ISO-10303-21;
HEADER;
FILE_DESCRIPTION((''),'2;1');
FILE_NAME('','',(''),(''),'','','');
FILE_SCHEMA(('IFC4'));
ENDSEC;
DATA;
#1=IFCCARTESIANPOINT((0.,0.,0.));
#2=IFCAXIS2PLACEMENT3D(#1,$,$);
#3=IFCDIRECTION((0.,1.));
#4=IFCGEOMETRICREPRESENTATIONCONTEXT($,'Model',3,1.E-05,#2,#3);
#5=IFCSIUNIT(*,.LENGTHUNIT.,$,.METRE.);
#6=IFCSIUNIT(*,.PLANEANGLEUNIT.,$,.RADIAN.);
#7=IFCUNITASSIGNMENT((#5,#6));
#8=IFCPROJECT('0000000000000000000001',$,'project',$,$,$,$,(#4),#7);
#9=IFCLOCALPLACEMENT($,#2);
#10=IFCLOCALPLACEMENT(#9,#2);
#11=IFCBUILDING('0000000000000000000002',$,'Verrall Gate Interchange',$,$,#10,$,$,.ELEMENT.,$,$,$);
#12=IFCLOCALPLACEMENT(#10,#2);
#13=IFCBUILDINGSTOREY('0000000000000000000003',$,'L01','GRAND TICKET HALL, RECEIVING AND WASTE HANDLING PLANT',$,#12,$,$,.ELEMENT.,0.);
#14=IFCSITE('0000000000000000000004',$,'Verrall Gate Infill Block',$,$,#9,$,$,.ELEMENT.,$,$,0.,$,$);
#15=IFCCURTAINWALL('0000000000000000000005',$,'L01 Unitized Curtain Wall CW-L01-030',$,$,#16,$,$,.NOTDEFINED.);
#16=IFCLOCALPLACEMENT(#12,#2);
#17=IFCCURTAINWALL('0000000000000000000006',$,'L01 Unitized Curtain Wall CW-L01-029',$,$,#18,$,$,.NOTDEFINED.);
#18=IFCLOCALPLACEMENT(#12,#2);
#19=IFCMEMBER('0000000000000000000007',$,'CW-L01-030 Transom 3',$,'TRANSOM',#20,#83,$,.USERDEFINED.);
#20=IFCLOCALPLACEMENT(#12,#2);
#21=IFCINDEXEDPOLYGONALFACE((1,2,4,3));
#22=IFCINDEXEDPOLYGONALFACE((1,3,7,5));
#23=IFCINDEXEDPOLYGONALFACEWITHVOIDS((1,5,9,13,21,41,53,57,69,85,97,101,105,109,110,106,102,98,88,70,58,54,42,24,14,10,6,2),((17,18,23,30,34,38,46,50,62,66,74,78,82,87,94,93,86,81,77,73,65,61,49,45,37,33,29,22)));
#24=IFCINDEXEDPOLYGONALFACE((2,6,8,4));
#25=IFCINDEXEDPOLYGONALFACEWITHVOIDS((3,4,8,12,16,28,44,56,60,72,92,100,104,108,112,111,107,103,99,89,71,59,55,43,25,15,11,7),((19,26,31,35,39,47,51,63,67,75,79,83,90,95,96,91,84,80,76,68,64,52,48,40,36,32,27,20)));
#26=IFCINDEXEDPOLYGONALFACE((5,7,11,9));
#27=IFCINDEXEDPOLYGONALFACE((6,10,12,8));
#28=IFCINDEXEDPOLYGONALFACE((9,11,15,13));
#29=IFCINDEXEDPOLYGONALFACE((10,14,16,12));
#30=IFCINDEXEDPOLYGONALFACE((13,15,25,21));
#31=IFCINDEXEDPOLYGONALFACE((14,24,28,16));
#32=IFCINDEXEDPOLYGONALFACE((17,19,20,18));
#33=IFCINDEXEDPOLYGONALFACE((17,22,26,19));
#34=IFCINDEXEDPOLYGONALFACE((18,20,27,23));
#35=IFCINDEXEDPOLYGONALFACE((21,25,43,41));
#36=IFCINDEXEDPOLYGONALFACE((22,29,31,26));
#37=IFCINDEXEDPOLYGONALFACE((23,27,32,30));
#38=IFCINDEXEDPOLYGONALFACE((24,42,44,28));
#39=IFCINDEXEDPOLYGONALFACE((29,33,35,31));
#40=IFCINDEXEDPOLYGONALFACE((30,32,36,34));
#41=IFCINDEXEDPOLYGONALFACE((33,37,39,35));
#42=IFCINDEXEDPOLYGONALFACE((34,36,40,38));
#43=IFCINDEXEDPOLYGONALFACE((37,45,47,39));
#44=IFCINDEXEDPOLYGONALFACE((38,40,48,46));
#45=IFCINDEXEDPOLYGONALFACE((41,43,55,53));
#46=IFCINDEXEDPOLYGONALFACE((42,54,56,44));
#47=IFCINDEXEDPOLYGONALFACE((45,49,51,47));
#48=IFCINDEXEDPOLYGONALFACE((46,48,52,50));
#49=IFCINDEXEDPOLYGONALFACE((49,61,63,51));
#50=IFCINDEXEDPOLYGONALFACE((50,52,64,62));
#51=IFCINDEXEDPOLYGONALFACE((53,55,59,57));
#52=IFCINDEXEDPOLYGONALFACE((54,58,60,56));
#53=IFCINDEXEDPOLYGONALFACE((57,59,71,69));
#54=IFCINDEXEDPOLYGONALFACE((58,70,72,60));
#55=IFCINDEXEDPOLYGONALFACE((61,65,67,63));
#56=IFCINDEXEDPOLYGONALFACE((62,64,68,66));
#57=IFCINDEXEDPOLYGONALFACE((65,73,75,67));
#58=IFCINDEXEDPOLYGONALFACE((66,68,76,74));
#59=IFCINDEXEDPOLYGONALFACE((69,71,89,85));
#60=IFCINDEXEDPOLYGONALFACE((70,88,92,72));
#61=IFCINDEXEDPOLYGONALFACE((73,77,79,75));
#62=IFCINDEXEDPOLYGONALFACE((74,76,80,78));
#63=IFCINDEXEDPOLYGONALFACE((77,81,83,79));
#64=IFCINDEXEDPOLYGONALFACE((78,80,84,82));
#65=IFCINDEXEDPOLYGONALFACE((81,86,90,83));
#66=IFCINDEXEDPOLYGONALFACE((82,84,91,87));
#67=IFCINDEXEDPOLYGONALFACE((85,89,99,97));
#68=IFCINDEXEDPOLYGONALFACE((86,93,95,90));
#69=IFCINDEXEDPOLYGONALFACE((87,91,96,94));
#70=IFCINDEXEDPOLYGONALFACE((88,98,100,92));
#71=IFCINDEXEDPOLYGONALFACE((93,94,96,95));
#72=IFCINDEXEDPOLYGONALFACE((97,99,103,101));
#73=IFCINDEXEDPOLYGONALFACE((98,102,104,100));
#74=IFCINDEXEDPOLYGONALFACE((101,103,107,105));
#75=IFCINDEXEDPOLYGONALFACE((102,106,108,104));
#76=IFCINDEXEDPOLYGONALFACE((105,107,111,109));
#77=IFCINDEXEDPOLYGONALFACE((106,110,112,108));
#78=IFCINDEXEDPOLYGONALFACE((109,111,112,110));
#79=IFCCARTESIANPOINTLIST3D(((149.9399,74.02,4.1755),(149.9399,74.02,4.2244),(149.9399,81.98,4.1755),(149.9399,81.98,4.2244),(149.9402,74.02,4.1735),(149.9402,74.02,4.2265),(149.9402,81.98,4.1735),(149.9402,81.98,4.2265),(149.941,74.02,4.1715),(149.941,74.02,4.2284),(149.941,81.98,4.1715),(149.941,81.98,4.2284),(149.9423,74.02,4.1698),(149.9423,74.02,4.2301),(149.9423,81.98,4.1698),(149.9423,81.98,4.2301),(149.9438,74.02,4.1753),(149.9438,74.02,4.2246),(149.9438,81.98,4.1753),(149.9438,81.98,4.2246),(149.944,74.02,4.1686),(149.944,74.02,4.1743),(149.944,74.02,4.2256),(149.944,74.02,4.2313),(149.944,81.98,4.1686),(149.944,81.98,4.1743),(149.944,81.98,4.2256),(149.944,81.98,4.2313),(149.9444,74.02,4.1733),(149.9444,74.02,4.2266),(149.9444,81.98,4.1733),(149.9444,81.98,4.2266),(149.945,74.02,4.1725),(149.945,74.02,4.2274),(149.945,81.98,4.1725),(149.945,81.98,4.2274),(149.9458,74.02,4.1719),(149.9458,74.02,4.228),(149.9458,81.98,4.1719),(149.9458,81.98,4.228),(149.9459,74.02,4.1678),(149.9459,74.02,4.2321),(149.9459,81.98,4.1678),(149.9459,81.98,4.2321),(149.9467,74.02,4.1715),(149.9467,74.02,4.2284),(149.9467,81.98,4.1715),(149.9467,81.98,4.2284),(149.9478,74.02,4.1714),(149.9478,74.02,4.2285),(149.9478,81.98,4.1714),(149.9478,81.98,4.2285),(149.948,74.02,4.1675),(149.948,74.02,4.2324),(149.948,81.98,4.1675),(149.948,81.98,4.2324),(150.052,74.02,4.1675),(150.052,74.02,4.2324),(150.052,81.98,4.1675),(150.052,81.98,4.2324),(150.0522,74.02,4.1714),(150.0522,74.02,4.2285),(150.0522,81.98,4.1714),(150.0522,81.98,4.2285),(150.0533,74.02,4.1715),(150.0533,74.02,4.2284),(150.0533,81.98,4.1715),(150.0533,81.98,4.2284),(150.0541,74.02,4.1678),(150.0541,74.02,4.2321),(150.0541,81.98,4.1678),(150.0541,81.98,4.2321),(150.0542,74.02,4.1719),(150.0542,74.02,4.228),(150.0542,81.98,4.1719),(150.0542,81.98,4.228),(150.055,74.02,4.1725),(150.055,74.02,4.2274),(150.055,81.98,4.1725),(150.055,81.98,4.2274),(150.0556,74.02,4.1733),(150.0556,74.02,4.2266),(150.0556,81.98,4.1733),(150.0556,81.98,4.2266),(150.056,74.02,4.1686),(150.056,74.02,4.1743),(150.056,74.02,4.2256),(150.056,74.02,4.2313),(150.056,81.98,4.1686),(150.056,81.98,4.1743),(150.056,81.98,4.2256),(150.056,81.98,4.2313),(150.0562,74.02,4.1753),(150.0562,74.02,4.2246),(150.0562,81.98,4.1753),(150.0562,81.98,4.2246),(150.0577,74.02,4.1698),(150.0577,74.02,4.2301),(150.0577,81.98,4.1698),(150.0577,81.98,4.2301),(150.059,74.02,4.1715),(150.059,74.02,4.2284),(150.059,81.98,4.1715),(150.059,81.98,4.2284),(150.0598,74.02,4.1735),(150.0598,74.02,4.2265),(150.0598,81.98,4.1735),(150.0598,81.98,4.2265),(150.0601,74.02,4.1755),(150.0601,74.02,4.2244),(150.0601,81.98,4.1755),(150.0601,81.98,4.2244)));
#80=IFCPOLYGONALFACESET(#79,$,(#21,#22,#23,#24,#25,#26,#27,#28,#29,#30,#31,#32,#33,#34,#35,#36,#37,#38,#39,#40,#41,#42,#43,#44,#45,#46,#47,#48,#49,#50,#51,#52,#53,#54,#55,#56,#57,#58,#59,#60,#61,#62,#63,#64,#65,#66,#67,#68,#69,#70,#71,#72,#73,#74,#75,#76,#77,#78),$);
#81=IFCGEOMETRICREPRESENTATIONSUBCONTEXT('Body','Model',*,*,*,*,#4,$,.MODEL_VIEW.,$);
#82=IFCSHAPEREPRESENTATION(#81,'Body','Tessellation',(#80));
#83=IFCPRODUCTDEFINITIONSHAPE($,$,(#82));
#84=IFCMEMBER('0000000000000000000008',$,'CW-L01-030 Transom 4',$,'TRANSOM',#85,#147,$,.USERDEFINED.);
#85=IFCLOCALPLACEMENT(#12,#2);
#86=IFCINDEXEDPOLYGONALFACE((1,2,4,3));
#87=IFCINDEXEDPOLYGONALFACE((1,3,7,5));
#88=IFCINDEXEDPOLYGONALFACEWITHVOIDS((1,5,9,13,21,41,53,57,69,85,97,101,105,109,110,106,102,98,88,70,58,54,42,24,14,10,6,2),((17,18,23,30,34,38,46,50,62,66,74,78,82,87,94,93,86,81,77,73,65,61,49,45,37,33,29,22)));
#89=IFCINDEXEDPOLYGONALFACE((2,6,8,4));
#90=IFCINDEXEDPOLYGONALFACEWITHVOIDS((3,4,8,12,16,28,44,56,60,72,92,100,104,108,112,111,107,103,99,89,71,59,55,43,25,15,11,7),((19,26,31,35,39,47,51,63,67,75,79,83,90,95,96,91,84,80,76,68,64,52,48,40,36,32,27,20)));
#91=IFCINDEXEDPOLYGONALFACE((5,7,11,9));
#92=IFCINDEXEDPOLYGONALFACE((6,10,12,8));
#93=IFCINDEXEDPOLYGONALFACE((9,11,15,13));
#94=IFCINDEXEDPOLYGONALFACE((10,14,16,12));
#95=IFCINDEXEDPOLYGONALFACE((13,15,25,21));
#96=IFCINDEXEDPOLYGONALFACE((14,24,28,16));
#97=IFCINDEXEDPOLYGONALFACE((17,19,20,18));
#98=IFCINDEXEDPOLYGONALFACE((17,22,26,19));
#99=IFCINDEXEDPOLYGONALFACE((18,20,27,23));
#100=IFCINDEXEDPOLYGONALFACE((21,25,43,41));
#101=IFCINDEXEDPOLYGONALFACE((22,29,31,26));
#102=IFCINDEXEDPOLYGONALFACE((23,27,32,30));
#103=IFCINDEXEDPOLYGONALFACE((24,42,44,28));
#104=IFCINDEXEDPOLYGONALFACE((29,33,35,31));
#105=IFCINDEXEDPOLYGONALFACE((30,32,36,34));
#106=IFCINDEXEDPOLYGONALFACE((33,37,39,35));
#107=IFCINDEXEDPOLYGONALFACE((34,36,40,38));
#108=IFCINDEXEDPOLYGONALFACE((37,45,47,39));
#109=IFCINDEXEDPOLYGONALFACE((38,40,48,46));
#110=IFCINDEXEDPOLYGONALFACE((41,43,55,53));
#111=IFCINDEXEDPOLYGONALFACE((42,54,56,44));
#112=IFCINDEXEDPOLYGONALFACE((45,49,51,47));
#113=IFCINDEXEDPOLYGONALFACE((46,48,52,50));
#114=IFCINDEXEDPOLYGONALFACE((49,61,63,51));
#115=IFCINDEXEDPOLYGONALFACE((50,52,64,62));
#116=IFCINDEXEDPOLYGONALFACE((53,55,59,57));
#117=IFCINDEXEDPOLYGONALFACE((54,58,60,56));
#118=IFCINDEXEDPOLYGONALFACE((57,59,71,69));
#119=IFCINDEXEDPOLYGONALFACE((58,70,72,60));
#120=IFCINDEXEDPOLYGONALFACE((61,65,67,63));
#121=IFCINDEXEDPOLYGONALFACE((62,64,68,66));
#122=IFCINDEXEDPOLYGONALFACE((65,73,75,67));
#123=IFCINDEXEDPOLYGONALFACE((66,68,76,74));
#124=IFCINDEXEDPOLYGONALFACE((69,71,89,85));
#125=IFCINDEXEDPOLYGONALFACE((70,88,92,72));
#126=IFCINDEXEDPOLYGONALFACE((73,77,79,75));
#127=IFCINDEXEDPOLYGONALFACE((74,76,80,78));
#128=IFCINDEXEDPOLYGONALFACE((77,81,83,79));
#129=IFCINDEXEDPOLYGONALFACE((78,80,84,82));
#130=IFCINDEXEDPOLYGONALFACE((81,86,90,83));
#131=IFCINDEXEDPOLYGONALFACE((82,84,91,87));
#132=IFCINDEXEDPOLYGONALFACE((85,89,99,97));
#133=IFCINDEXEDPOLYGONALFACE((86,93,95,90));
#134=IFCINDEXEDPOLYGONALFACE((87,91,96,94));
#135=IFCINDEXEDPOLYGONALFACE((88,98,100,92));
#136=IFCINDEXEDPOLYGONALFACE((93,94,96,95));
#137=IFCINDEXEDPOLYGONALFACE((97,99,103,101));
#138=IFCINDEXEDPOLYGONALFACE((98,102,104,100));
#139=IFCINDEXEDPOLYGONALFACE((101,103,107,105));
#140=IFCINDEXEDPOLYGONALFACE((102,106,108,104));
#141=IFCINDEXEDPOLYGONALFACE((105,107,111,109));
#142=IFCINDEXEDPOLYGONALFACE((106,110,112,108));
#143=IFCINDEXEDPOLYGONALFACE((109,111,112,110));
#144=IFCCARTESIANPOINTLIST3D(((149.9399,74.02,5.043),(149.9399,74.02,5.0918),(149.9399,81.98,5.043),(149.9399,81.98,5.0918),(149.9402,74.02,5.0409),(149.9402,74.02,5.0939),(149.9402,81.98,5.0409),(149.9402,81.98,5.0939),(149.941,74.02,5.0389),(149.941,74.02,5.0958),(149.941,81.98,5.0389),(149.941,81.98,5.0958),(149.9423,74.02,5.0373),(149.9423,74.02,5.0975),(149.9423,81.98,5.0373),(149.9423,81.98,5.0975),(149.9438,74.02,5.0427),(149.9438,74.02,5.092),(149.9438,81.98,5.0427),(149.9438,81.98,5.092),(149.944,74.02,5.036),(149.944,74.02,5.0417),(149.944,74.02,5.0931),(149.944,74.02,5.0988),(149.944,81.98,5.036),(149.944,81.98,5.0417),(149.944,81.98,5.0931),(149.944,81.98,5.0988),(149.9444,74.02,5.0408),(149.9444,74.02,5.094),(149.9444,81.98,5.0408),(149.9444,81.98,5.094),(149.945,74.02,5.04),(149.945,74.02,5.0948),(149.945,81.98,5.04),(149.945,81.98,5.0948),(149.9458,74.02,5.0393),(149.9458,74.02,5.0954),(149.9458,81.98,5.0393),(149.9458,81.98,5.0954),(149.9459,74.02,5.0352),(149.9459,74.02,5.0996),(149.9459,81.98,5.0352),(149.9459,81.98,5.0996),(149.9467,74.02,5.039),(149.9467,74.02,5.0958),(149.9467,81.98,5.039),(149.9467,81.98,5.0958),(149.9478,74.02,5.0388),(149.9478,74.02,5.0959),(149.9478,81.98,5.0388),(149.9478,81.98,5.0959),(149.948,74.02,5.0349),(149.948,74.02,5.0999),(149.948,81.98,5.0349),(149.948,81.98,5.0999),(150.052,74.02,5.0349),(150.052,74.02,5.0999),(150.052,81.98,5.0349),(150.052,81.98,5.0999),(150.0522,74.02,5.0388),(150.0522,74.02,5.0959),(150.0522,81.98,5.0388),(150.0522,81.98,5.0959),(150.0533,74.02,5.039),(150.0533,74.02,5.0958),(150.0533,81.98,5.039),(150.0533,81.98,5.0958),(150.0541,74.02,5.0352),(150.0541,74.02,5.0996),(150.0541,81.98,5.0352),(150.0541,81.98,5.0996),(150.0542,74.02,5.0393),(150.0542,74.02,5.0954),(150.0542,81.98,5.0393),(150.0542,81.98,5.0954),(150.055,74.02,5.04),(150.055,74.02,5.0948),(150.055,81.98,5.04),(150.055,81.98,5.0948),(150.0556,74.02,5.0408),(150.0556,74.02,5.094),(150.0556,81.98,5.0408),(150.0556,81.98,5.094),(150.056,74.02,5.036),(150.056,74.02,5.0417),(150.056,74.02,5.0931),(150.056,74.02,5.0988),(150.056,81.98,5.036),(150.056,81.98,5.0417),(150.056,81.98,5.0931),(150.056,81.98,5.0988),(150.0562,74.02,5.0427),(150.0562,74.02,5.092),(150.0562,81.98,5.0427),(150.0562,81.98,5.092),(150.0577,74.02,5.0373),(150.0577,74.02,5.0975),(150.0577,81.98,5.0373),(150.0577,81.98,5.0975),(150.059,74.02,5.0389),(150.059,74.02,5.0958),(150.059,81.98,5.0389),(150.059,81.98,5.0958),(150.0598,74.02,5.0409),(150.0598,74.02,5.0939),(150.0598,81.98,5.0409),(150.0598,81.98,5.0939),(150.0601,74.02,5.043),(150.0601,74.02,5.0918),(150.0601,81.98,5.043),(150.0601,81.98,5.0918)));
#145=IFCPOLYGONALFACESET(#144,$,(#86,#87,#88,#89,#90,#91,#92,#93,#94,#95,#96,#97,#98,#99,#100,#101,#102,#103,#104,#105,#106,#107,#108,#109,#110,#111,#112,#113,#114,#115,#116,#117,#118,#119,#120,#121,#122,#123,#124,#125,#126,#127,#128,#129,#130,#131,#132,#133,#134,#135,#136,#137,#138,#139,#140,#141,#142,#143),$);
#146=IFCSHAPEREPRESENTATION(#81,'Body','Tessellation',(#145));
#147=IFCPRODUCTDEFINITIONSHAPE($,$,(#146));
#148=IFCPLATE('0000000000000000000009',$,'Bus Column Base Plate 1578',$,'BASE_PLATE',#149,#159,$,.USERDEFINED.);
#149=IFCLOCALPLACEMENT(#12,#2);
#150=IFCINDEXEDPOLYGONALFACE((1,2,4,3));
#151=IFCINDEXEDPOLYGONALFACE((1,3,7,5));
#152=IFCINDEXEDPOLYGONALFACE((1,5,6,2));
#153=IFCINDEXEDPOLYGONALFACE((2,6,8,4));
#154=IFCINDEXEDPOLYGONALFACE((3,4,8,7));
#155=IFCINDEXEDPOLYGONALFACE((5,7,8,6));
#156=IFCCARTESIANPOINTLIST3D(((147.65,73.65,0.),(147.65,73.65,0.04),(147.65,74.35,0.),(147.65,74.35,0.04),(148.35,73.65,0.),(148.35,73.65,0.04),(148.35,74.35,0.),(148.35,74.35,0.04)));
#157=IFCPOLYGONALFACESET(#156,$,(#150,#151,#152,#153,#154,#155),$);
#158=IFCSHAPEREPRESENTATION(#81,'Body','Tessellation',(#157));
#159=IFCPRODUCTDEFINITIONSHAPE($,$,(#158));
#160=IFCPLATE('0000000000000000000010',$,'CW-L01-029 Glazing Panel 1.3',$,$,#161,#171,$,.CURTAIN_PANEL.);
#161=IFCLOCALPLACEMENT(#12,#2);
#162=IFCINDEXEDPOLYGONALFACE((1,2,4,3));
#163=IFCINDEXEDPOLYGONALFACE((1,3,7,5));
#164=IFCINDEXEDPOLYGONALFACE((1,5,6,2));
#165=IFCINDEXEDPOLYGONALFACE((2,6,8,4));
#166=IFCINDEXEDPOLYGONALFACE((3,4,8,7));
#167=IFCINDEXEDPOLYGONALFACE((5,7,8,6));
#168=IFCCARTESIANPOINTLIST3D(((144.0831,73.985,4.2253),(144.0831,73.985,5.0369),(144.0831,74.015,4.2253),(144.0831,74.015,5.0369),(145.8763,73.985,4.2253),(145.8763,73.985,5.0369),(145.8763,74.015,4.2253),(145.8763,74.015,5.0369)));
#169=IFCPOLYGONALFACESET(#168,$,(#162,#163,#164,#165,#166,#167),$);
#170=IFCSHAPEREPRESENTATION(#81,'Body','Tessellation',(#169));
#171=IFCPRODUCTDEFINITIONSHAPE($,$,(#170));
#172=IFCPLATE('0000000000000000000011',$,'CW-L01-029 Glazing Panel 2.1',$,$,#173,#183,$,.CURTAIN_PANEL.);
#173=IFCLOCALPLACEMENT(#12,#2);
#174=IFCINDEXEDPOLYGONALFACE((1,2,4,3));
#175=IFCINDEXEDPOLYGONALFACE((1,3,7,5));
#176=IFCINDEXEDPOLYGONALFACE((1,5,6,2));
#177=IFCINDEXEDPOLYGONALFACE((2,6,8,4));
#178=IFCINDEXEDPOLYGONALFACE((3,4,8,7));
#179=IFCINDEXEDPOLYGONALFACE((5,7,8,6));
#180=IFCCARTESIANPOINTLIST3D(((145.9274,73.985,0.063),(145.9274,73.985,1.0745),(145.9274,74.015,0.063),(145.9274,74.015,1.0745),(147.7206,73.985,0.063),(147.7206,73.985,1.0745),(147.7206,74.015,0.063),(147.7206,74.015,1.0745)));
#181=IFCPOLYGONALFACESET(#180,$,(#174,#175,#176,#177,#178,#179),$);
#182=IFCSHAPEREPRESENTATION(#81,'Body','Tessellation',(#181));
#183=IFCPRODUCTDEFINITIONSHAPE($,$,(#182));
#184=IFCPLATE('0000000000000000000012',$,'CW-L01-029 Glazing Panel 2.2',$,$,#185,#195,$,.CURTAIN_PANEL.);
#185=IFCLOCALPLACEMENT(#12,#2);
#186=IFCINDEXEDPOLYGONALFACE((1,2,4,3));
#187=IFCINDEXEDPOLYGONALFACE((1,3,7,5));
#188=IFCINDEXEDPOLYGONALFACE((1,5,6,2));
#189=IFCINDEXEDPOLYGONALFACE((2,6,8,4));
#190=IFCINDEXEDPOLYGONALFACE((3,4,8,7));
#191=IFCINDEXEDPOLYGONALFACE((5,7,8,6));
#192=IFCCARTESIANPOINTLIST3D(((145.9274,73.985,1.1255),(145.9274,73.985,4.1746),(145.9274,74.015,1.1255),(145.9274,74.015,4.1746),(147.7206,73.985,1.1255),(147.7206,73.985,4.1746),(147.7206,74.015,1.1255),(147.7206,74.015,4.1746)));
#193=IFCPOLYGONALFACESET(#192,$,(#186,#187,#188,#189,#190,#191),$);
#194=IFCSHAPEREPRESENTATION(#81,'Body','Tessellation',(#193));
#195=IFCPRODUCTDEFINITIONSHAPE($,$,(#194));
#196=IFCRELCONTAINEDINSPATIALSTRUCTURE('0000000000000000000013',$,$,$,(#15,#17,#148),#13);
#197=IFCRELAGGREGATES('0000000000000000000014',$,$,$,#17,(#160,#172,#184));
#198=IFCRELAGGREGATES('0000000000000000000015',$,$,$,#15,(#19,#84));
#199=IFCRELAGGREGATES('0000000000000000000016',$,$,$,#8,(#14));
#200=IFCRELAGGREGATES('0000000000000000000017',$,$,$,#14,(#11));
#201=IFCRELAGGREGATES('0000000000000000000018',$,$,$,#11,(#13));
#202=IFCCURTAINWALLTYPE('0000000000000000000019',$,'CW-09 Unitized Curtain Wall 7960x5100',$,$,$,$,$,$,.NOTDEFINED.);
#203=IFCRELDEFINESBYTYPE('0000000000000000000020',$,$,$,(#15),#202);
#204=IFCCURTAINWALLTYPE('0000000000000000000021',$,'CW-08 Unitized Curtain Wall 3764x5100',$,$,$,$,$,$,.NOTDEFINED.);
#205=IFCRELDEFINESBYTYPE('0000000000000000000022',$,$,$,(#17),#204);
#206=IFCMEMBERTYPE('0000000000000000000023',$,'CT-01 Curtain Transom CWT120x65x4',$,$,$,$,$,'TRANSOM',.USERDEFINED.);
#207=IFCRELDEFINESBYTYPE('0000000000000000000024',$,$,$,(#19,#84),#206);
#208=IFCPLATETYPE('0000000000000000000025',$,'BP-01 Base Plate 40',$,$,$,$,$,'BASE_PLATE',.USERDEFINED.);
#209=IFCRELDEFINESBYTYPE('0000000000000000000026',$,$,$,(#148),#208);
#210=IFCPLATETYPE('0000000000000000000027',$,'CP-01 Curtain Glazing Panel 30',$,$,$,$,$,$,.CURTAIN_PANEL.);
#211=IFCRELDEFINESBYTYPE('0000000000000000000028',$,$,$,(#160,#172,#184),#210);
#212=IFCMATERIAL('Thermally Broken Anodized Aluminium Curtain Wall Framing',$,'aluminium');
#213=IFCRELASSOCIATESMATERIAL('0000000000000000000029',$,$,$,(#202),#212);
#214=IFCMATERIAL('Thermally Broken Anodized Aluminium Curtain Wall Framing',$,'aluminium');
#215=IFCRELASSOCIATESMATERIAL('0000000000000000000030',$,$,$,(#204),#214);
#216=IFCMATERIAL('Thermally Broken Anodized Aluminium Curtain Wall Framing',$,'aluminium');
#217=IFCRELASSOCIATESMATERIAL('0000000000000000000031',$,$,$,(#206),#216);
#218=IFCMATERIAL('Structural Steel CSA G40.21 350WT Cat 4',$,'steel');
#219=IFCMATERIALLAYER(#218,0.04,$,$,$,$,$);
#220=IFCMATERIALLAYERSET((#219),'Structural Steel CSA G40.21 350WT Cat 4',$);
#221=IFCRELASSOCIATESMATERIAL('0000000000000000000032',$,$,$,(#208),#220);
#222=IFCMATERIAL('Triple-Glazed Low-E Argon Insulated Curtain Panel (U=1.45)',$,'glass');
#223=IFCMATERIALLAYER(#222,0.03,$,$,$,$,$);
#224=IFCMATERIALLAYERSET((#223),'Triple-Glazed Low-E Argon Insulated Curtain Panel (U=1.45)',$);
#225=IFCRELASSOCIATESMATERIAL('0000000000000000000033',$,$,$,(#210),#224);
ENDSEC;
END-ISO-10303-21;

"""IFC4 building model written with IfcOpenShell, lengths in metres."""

from ifc_helpers import new_model, si_unit, direction, frame, origin, origin_2d, place, context, subcontext, project, spatial, rectangle, hollow_rectangle, extrude, material, layer, layer_set, material_profile, profile_set, type_object, element, aggregate, save


model = new_model("IFC4")

# Units and contexts
model_context = context("Model", 3, precision=1e-05, world=origin(), true_north=direction((0.0, 1.0)))
body_context = subcontext(model_context, "Body", "Model", "MODEL_VIEW")
ifc_project = project(units=[si_unit("LENGTHUNIT", "METRE"), si_unit("PLANEANGLEUNIT", "RADIAN")], contexts=[model_context])

# Site, building, storey
site_placement = place(None, origin())
site = spatial("IfcSite", under=ifc_project, at=site_placement, Name="Verrall Gate Infill Block", CompositionType="ELEMENT", RefElevation=0.0)
building_placement = place(site_placement, origin())
building = spatial("IfcBuilding", under=site, at=building_placement, Name="Verrall Gate Interchange", CompositionType="ELEMENT")
storey_placement = place(building_placement, origin())
storey = spatial("IfcBuildingStorey", under=building, at=storey_placement, Name="L01", Description="GRAND TICKET HALL, RECEIVING AND WASTE HANDLING PLANT", CompositionType="ELEMENT", Elevation=0.0)

# Curtain walls
ifc_material_1 = material(Name="Thermally Broken Anodized Aluminium Curtain Wall Framing", Category="aluminium")
curtain_wall_type_1 = type_object("IfcCurtainWallType", Name="CW-09 Unitized Curtain Wall 7960x5100", PredefinedType="NOTDEFINED", material=ifc_material_1)
curtain_wall_1_placement = place(storey_placement, origin())
curtain_wall_1 = element("IfcCurtainWall", 1, at=curtain_wall_1_placement, inside=storey, type_object=curtain_wall_type_1, Name="L01 Unitized Curtain Wall CW-L01-030", PredefinedType="NOTDEFINED")
ifc_material_2 = material(Name="Thermally Broken Anodized Aluminium Curtain Wall Framing", Category="aluminium")
curtain_wall_type_2 = type_object("IfcCurtainWallType", Name="CW-08 Unitized Curtain Wall 3764x5100", PredefinedType="NOTDEFINED", material=ifc_material_2)
curtain_wall_2_placement = place(storey_placement, origin())
curtain_wall_2 = element("IfcCurtainWall", 2, at=curtain_wall_2_placement, inside=storey, type_object=curtain_wall_type_2, Name="L01 Unitized Curtain Wall CW-L01-029", PredefinedType="NOTDEFINED")

# Members
ifc_material_3 = material(Name="Thermally Broken Anodized Aluminium Curtain Wall Framing", Category="aluminium")
ifc_material_profile_1 = material_profile(ifc_material_3, hollow_rectangle(XDim=0.1201, YDim=0.0649, WallThickness=0.0039, InnerFilletRadius=0.0039, OuterFilletRadius=0.0081, at=origin_2d()), Name="CWT120x65x4")
ifc_profile_set_1 = profile_set([ifc_material_profile_1], Name="Thermally Broken Anodized Aluminium Curtain Wall Framing")
member_type_1 = type_object("IfcMemberType", Name="CT-01 Curtain Transom CWT120x65x4", ElementType="TRANSOM", PredefinedType="USERDEFINED", material=ifc_profile_set_1)
member_1_placement = place(storey_placement, frame((150.0, 74.02, 4.2), z_axis=(0.0, 1.0, 0.0), x_axis=(-1.0, 0.0, 0.0)))
member_1 = element("IfcMember", 3, at=member_1_placement, type_object=member_type_1, Name="CW-L01-030 Transom 3", ObjectType="TRANSOM", PredefinedType="USERDEFINED", context=body_context, shape_type="SweptSolid", body=[
    extrude(hollow_rectangle(XDim=0.1201, YDim=0.0649, WallThickness=0.0039, InnerFilletRadius=0.0039, OuterFilletRadius=0.0081, at=origin_2d()), origin(), (0.0, 0.0, 1.0), 7.96),
])
member_2_placement = place(storey_placement, frame((150.0, 74.02, 5.0674), z_axis=(0.0, 1.0, 0.0), x_axis=(-1.0, 0.0, 0.0)))
member_2 = element("IfcMember", 4, at=member_2_placement, type_object=member_type_1, Name="CW-L01-030 Transom 4", ObjectType="TRANSOM", PredefinedType="USERDEFINED", context=body_context, shape_type="SweptSolid", body=[
    extrude(hollow_rectangle(XDim=0.1201, YDim=0.0649, WallThickness=0.0039, InnerFilletRadius=0.0039, OuterFilletRadius=0.0081, at=origin_2d()), origin(), (0.0, 0.0, 1.0), 7.96),
])

# Plates
ifc_material_4 = material(Name="Structural Steel CSA G40.21 350WT Cat 4", Category="steel")
ifc_layer_1 = layer(ifc_material_4, 0.04)
ifc_layer_set_1 = layer_set([ifc_layer_1], Name="Structural Steel CSA G40.21 350WT Cat 4")
plate_type_1 = type_object("IfcPlateType", Name="BP-01 Base Plate 40", ElementType="BASE_PLATE", PredefinedType="USERDEFINED", material=ifc_layer_set_1)
plate_1_placement = place(storey_placement, frame((148.0, 74.0, 0.0), z_axis=(0.0, 0.0, 1.0), x_axis=(1.0, 0.0, 0.0)))
element("IfcPlate", 5, at=plate_1_placement, inside=storey, type_object=plate_type_1, Name="Bus Column Base Plate 1578", ObjectType="BASE_PLATE", PredefinedType="USERDEFINED", context=body_context, shape_type="SweptSolid", body=[
    extrude(rectangle(XDim=0.7, YDim=0.7, at=origin_2d()), origin(), (0.0, 0.0, 1.0), 0.04),
])
ifc_material_5 = material(Name="Triple-Glazed Low-E Argon Insulated Curtain Panel (U=1.45)", Category="glass")
ifc_layer_2 = layer(ifc_material_5, 0.03)
ifc_layer_set_2 = layer_set([ifc_layer_2], Name="Triple-Glazed Low-E Argon Insulated Curtain Panel (U=1.45)")
plate_type_2 = type_object("IfcPlateType", Name="CP-01 Curtain Glazing Panel 30", PredefinedType="CURTAIN_PANEL", material=ifc_layer_set_2)
plate_2_placement = place(storey_placement, frame((144.9797, 74.0, 4.2253), z_axis=(0.0, 0.0, 1.0), x_axis=(1.0, 0.0, 0.0)))
plate_2 = element("IfcPlate", 6, at=plate_2_placement, type_object=plate_type_2, Name="CW-L01-029 Glazing Panel 1.3", PredefinedType="CURTAIN_PANEL", context=body_context, shape_type="SweptSolid", body=[
    extrude(rectangle(XDim=1.7932, YDim=0.03, at=origin_2d()), origin(), (0.0, 0.0, 1.0), 0.8115),
])
plate_3_placement = place(storey_placement, frame((146.824, 74.0, 0.063), z_axis=(0.0, 0.0, 1.0), x_axis=(1.0, 0.0, 0.0)))
plate_3 = element("IfcPlate", 7, at=plate_3_placement, type_object=plate_type_2, Name="CW-L01-029 Glazing Panel 2.1", PredefinedType="CURTAIN_PANEL", context=body_context, shape_type="SweptSolid", body=[
    extrude(rectangle(XDim=1.7932, YDim=0.03, at=origin_2d()), origin(), (0.0, 0.0, 1.0), 1.0115),
])
plate_4_placement = place(storey_placement, frame((146.824, 74.0, 1.1255), z_axis=(0.0, 0.0, 1.0), x_axis=(1.0, 0.0, 0.0)))
plate_4 = element("IfcPlate", 8, at=plate_4_placement, type_object=plate_type_2, Name="CW-L01-029 Glazing Panel 2.2", PredefinedType="CURTAIN_PANEL", context=body_context, shape_type="SweptSolid", body=[
    extrude(rectangle(XDim=1.7932, YDim=0.03, at=origin_2d()), origin(), (0.0, 0.0, 1.0), 3.0491),
])
aggregate(curtain_wall_2, [plate_2, plate_3, plate_4])
aggregate(curtain_wall_1, [member_1, member_2])

save(model, "model.ifc")
